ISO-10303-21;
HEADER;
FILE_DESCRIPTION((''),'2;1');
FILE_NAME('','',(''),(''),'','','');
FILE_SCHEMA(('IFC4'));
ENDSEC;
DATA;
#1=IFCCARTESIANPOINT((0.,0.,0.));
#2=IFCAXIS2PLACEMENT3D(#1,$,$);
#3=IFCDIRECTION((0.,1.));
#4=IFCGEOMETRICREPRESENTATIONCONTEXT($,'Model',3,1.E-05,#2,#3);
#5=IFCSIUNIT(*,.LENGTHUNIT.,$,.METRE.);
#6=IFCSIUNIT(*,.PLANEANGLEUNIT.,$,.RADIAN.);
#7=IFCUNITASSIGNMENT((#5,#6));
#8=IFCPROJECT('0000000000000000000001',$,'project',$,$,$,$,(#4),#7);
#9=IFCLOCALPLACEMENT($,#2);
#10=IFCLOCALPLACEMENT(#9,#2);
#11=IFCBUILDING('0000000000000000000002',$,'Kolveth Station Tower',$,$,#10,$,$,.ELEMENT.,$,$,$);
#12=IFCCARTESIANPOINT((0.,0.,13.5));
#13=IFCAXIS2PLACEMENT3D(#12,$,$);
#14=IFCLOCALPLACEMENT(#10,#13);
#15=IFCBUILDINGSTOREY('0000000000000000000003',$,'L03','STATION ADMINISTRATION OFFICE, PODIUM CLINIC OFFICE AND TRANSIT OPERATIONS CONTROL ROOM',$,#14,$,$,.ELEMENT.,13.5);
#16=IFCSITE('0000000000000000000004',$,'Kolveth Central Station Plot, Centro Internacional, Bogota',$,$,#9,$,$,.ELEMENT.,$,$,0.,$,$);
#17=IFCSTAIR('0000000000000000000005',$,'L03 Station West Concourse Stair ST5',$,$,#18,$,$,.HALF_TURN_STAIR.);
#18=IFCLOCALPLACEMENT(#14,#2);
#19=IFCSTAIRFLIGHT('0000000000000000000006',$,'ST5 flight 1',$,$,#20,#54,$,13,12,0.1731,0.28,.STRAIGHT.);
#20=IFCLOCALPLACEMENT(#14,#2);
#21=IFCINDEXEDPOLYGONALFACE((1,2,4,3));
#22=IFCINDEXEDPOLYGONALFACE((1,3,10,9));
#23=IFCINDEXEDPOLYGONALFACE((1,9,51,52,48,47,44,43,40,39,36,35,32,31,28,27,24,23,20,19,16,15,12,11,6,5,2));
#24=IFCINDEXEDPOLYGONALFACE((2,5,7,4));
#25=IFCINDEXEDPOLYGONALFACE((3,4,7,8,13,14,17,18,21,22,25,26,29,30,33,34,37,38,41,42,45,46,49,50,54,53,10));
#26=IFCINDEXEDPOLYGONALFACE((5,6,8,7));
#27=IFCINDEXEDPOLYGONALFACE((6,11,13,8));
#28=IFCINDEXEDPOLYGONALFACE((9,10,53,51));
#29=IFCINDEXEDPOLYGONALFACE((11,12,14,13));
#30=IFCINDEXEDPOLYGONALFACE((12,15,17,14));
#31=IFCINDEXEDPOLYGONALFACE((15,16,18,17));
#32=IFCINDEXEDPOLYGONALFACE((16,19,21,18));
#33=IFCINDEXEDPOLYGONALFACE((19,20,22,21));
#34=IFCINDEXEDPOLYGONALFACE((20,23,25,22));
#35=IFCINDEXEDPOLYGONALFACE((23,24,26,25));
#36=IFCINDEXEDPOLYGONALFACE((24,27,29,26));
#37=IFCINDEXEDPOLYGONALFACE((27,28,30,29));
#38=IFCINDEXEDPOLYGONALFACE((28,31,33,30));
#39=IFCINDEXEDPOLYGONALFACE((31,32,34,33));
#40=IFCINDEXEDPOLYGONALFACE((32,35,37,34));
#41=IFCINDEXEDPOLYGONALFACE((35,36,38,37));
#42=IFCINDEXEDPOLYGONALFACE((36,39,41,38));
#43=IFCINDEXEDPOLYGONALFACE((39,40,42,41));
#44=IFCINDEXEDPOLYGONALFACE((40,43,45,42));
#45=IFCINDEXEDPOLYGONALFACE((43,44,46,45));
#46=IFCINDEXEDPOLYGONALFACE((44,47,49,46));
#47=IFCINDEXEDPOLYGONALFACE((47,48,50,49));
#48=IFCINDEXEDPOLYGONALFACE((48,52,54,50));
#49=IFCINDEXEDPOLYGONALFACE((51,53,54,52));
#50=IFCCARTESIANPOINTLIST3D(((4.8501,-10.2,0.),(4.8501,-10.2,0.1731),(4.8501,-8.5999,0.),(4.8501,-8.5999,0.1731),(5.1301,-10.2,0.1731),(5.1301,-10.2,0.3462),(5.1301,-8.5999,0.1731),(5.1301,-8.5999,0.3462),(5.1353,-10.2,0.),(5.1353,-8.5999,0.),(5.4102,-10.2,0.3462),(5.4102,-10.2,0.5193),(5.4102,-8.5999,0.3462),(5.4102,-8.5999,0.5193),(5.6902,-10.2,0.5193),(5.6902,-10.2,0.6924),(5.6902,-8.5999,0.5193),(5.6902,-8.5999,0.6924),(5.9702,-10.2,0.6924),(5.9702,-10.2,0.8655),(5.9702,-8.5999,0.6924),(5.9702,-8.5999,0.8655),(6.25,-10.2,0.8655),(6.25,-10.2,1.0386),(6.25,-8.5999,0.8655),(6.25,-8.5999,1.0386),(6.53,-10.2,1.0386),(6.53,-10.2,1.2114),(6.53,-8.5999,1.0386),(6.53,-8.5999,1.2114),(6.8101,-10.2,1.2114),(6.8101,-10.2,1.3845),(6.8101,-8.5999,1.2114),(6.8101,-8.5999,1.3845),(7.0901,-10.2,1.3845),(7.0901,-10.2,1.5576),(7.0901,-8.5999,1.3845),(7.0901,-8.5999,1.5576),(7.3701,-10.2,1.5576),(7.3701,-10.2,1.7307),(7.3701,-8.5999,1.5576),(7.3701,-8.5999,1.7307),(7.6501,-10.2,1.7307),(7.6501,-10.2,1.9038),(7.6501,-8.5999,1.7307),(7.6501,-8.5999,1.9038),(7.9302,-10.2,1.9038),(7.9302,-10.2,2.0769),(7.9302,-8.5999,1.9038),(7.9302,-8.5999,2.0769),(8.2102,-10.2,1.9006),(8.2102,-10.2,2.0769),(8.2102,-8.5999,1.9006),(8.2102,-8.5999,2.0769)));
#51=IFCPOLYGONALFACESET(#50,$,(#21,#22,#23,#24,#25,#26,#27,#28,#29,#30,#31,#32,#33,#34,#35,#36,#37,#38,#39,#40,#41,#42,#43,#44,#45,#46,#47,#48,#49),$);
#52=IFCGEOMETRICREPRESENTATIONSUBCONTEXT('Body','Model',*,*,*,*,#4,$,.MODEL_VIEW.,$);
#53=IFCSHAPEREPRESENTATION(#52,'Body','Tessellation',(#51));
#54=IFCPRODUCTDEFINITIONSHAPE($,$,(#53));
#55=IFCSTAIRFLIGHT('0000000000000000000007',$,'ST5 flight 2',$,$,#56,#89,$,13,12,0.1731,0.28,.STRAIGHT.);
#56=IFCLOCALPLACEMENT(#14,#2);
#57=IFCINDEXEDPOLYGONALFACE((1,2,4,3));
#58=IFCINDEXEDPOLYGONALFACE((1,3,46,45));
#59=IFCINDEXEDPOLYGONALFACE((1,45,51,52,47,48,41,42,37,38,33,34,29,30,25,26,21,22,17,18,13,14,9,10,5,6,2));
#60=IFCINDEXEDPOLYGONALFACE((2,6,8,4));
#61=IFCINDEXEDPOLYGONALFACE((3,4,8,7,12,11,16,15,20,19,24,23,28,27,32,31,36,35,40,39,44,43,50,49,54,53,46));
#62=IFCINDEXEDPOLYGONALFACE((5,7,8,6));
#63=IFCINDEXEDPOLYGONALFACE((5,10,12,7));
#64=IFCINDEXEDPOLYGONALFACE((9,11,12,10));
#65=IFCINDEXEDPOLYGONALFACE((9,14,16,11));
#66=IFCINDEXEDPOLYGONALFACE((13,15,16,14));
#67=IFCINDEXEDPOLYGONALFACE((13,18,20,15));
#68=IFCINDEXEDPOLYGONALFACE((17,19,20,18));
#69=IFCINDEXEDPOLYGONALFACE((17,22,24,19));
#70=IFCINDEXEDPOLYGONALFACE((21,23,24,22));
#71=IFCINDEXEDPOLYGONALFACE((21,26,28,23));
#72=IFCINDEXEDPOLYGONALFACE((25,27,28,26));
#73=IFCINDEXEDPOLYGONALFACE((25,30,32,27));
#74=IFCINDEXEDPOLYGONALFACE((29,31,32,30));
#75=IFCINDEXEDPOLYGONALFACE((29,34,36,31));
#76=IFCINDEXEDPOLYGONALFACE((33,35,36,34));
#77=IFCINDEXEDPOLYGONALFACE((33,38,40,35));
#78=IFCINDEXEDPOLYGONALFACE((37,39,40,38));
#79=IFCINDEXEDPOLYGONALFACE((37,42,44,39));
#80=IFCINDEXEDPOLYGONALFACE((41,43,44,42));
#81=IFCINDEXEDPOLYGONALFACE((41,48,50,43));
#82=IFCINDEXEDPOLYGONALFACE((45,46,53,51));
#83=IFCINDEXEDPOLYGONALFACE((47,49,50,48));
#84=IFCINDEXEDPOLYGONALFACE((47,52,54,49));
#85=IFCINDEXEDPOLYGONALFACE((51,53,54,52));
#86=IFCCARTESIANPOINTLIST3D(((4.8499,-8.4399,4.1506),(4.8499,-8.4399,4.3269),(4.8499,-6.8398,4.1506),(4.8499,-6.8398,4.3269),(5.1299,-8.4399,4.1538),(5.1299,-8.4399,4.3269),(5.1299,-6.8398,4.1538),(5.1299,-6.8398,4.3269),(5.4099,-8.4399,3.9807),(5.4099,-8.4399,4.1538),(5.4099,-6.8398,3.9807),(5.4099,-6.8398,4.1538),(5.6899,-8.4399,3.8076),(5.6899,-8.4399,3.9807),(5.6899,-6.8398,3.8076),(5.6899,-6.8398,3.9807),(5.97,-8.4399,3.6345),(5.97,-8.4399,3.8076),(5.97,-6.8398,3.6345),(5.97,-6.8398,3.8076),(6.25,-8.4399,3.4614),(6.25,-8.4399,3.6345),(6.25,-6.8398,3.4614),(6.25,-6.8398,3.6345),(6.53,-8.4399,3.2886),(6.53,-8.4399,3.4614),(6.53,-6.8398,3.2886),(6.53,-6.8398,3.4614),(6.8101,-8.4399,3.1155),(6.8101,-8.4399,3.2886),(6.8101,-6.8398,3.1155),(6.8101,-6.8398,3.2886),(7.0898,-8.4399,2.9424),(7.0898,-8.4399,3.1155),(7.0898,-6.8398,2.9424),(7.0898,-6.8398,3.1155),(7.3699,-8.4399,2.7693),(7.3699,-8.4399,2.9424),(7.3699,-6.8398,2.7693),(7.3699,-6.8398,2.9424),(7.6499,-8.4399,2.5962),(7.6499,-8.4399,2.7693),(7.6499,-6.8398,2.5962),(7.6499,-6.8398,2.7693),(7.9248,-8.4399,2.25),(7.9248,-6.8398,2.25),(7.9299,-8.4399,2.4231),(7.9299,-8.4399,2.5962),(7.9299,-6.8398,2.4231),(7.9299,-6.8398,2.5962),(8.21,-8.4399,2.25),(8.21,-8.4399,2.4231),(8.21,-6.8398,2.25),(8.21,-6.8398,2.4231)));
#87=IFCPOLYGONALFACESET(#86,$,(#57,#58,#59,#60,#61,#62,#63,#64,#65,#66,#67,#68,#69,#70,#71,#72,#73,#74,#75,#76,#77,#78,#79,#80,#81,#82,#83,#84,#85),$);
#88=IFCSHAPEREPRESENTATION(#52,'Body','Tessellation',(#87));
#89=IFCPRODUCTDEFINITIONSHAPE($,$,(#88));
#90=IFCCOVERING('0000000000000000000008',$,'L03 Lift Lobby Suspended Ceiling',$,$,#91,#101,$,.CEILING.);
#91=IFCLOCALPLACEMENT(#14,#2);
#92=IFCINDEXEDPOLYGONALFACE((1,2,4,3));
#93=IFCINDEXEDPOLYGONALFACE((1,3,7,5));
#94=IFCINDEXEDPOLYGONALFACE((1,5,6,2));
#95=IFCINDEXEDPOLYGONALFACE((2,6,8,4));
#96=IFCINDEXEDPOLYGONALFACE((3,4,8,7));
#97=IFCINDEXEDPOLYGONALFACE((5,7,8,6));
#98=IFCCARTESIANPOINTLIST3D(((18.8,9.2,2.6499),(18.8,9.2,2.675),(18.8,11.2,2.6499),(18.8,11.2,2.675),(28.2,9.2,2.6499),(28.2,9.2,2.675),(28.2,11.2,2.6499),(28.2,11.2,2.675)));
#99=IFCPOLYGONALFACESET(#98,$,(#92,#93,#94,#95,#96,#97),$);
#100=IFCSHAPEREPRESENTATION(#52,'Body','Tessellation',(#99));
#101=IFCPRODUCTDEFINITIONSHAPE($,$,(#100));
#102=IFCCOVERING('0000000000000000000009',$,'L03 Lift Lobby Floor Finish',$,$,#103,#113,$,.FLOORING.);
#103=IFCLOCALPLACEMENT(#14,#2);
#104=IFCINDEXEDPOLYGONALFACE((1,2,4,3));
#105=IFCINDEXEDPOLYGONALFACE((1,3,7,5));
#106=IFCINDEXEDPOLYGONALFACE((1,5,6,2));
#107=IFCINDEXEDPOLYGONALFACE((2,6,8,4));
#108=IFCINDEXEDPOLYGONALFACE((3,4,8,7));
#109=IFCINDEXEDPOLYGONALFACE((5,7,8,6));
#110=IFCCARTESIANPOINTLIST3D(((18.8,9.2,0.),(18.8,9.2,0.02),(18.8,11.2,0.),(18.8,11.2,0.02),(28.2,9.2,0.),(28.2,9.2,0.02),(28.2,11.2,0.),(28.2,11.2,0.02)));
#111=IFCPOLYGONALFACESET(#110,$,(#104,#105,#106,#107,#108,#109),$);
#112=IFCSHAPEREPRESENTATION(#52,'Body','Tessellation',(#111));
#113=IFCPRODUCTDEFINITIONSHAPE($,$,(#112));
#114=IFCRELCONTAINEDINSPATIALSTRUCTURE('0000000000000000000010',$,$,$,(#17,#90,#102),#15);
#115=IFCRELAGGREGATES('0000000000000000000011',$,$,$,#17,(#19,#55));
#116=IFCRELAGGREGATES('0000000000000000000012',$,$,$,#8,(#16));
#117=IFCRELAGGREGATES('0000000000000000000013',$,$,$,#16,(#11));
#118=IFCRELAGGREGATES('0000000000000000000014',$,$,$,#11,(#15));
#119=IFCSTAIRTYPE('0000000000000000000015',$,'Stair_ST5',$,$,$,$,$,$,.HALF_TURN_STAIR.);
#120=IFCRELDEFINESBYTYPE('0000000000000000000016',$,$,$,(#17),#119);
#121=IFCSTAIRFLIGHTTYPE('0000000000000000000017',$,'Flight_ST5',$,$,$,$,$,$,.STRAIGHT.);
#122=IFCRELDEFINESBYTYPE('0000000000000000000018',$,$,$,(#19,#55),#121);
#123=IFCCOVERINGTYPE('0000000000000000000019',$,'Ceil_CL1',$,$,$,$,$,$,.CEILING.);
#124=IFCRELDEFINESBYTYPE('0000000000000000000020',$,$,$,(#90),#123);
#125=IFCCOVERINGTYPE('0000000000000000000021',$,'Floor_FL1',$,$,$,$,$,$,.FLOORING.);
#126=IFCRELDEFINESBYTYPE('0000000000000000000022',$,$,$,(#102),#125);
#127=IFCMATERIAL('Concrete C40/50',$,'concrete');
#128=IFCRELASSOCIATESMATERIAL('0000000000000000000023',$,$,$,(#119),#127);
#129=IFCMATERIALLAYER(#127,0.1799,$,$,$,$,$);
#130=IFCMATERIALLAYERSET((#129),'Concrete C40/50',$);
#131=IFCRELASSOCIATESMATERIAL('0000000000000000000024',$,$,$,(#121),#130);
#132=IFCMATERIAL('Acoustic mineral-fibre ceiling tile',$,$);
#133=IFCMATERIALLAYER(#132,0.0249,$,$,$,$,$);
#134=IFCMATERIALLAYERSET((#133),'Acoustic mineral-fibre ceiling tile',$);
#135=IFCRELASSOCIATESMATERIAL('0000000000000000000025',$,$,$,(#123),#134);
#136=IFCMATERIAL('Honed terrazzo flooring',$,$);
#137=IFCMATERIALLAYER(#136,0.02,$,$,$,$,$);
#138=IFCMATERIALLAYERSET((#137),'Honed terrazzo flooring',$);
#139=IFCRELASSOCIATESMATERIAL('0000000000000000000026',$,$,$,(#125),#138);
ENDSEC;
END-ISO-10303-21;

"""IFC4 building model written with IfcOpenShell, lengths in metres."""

from ifc_helpers import new_model, si_unit, direction, frame, origin, place, context, subcontext, project, spatial, polyline, outline, extrude, material, layer, layer_set, type_object, element, aggregate, save


model = new_model("IFC4")

# Units and contexts
model_context = context("Model", 3, precision=1e-05, world=origin(), true_north=direction((0.0, 1.0)))
body_context = subcontext(model_context, "Body", "Model", "MODEL_VIEW")
ifc_project = project(units=[si_unit("LENGTHUNIT", "METRE"), si_unit("PLANEANGLEUNIT", "RADIAN")], contexts=[model_context])

# Site, building, storey
site_placement = place(None, origin())
site = spatial("IfcSite", under=ifc_project, at=site_placement, Name="Kolveth Central Station Plot, Centro Internacional, Bogota", CompositionType="ELEMENT", RefElevation=0.0)
building_placement = place(site_placement, origin())
building = spatial("IfcBuilding", under=site, at=building_placement, Name="Kolveth Station Tower", CompositionType="ELEMENT")
storey_placement = place(building_placement, frame((0.0, 0.0, 13.5)))
storey = spatial("IfcBuildingStorey", under=building, at=storey_placement, Name="L03", Description="STATION ADMINISTRATION OFFICE, PODIUM CLINIC OFFICE AND TRANSIT OPERATIONS CONTROL ROOM", CompositionType="ELEMENT", Elevation=13.5)

# Stair
ifc_material_1 = material(Name="Concrete C40/50", Category="concrete")
stair_type_1 = type_object("IfcStairType", Name="Stair_ST5", PredefinedType="HALF_TURN_STAIR", material=ifc_material_1)
stair_1_placement = place(storey_placement, origin())
stair_1 = element("IfcStair", 1, at=stair_1_placement, inside=storey, type_object=stair_type_1, Name="L03 Station West Concourse Stair ST5", PredefinedType="HALF_TURN_STAIR")

# Stair flights
ifc_layer_1 = layer(ifc_material_1, 0.1799)
ifc_layer_set_1 = layer_set([ifc_layer_1], Name="Concrete C40/50")
stair_flight_type = type_object("IfcStairFlightType", Name="Flight_ST5", PredefinedType="STRAIGHT", material=ifc_layer_set_1)
stair_flight_1_placement = place(storey_placement, frame((4.8501, -9.3999, 0.0), z_axis=(0.0, 0.0, 1.0), x_axis=(1.0, 0.0, 0.0)))
stair_flight_1 = element("IfcStairFlight", 2, at=stair_flight_1_placement, type_object=stair_flight_type, Name="ST5 flight 1", NumberOfRisers=13, NumberOfTreads=12, PredefinedType="STRAIGHT", RiserHeight=0.1731, TreadLength=0.28, context=body_context, shape_type="SweptSolid", body=[
    extrude(outline(polyline([(0.0, 0.0), (0.0, 0.1731), (0.28, 0.1731), (0.28, 0.3462), (0.5601, 0.3462), (0.5601, 0.5193), (0.8401, 0.5193), (0.8401, 0.6924), (1.1201, 0.6924), (1.1201, 0.8655), (1.3999, 0.8655), (1.3999, 1.0386), (1.6799, 1.0386), (1.6799, 1.2114), (1.96, 1.2114), (1.96, 1.3845), (2.24, 1.3845), (2.24, 1.5576), (2.52, 1.5576), (2.52, 1.7307), (2.8, 1.7307), (2.8, 1.9038), (3.0801, 1.9038), (3.0801, 2.0769), (3.3601, 2.0769), (3.3601, 2.25), (3.3601, 1.9006), (0.2852, 0.0), (0.0, 0.0)])), frame((0.0, 0.8, 0.0), z_axis=(0.0, -1.0, 0.0), x_axis=(1.0, 0.0, 0.0)), (0.0, 0.0, 1.0), 1.6001),
])
stair_flight_2_placement = place(storey_placement, frame((8.21, -7.6399, 2.25), z_axis=(0.0, 0.0, 1.0), x_axis=(-1.0, 0.0, 0.0)))
stair_flight_2 = element("IfcStairFlight", 3, at=stair_flight_2_placement, type_object=stair_flight_type, Name="ST5 flight 2", NumberOfRisers=13, NumberOfTreads=12, PredefinedType="STRAIGHT", RiserHeight=0.1731, TreadLength=0.28, context=body_context, shape_type="SweptSolid", body=[
    extrude(outline(polyline([(0.0, 0.0), (0.0, 0.1731), (0.28, 0.1731), (0.28, 0.3462), (0.5601, 0.3462), (0.5601, 0.5193), (0.8401, 0.5193), (0.8401, 0.6924), (1.1201, 0.6924), (1.1201, 0.8655), (1.3999, 0.8655), (1.3999, 1.0386), (1.6799, 1.0386), (1.6799, 1.2114), (1.96, 1.2114), (1.96, 1.3845), (2.24, 1.3845), (2.24, 1.5576), (2.52, 1.5576), (2.52, 1.7307), (2.8, 1.7307), (2.8, 1.9038), (3.0801, 1.9038), (3.0801, 2.0769), (3.3601, 2.0769), (3.3601, 2.25), (3.3601, 1.9006), (0.2852, 0.0), (0.0, 0.0)])), frame((0.0, 0.8, 0.0), z_axis=(0.0, -1.0, 0.0), x_axis=(1.0, 0.0, 0.0)), (0.0, 0.0, 1.0), 1.6001),
])
aggregate(stair_1, [stair_flight_1, stair_flight_2])

# Coverings
ifc_material_2 = material(Name="Acoustic mineral-fibre ceiling tile")
ifc_layer_2 = layer(ifc_material_2, 0.0249)
ifc_layer_set_2 = layer_set([ifc_layer_2], Name="Acoustic mineral-fibre ceiling tile")
covering_type_1 = type_object("IfcCoveringType", Name="Ceil_CL1", PredefinedType="CEILING", material=ifc_layer_set_2)
covering_1_placement = place(storey_placement, frame((0.0, 0.0, 2.6499)))
element("IfcCovering", 4, at=covering_1_placement, inside=storey, type_object=covering_type_1, Name="L03 Lift Lobby Suspended Ceiling", PredefinedType="CEILING", context=body_context, shape_type="SweptSolid", body=[
    extrude(outline(polyline([(18.8, 9.2), (28.2, 9.2), (28.2, 11.2), (18.8, 11.2), (18.8, 9.2)])), origin(), (0.0, 0.0, 1.0), 0.0251),
])
ifc_material_3 = material(Name="Honed terrazzo flooring")
ifc_layer_3 = layer(ifc_material_3, 0.02)
ifc_layer_set_3 = layer_set([ifc_layer_3], Name="Honed terrazzo flooring")
covering_type_2 = type_object("IfcCoveringType", Name="Floor_FL1", PredefinedType="FLOORING", material=ifc_layer_set_3)
covering_2_placement = place(storey_placement, origin())
element("IfcCovering", 5, at=covering_2_placement, inside=storey, type_object=covering_type_2, Name="L03 Lift Lobby Floor Finish", PredefinedType="FLOORING", context=body_context, shape_type="SweptSolid", body=[
    extrude(outline(polyline([(18.8, 9.2), (28.2, 9.2), (28.2, 11.2), (18.8, 11.2), (18.8, 9.2)])), origin(), (0.0, 0.0, 1.0), 0.02),
])

save(model, "model.ifc")
